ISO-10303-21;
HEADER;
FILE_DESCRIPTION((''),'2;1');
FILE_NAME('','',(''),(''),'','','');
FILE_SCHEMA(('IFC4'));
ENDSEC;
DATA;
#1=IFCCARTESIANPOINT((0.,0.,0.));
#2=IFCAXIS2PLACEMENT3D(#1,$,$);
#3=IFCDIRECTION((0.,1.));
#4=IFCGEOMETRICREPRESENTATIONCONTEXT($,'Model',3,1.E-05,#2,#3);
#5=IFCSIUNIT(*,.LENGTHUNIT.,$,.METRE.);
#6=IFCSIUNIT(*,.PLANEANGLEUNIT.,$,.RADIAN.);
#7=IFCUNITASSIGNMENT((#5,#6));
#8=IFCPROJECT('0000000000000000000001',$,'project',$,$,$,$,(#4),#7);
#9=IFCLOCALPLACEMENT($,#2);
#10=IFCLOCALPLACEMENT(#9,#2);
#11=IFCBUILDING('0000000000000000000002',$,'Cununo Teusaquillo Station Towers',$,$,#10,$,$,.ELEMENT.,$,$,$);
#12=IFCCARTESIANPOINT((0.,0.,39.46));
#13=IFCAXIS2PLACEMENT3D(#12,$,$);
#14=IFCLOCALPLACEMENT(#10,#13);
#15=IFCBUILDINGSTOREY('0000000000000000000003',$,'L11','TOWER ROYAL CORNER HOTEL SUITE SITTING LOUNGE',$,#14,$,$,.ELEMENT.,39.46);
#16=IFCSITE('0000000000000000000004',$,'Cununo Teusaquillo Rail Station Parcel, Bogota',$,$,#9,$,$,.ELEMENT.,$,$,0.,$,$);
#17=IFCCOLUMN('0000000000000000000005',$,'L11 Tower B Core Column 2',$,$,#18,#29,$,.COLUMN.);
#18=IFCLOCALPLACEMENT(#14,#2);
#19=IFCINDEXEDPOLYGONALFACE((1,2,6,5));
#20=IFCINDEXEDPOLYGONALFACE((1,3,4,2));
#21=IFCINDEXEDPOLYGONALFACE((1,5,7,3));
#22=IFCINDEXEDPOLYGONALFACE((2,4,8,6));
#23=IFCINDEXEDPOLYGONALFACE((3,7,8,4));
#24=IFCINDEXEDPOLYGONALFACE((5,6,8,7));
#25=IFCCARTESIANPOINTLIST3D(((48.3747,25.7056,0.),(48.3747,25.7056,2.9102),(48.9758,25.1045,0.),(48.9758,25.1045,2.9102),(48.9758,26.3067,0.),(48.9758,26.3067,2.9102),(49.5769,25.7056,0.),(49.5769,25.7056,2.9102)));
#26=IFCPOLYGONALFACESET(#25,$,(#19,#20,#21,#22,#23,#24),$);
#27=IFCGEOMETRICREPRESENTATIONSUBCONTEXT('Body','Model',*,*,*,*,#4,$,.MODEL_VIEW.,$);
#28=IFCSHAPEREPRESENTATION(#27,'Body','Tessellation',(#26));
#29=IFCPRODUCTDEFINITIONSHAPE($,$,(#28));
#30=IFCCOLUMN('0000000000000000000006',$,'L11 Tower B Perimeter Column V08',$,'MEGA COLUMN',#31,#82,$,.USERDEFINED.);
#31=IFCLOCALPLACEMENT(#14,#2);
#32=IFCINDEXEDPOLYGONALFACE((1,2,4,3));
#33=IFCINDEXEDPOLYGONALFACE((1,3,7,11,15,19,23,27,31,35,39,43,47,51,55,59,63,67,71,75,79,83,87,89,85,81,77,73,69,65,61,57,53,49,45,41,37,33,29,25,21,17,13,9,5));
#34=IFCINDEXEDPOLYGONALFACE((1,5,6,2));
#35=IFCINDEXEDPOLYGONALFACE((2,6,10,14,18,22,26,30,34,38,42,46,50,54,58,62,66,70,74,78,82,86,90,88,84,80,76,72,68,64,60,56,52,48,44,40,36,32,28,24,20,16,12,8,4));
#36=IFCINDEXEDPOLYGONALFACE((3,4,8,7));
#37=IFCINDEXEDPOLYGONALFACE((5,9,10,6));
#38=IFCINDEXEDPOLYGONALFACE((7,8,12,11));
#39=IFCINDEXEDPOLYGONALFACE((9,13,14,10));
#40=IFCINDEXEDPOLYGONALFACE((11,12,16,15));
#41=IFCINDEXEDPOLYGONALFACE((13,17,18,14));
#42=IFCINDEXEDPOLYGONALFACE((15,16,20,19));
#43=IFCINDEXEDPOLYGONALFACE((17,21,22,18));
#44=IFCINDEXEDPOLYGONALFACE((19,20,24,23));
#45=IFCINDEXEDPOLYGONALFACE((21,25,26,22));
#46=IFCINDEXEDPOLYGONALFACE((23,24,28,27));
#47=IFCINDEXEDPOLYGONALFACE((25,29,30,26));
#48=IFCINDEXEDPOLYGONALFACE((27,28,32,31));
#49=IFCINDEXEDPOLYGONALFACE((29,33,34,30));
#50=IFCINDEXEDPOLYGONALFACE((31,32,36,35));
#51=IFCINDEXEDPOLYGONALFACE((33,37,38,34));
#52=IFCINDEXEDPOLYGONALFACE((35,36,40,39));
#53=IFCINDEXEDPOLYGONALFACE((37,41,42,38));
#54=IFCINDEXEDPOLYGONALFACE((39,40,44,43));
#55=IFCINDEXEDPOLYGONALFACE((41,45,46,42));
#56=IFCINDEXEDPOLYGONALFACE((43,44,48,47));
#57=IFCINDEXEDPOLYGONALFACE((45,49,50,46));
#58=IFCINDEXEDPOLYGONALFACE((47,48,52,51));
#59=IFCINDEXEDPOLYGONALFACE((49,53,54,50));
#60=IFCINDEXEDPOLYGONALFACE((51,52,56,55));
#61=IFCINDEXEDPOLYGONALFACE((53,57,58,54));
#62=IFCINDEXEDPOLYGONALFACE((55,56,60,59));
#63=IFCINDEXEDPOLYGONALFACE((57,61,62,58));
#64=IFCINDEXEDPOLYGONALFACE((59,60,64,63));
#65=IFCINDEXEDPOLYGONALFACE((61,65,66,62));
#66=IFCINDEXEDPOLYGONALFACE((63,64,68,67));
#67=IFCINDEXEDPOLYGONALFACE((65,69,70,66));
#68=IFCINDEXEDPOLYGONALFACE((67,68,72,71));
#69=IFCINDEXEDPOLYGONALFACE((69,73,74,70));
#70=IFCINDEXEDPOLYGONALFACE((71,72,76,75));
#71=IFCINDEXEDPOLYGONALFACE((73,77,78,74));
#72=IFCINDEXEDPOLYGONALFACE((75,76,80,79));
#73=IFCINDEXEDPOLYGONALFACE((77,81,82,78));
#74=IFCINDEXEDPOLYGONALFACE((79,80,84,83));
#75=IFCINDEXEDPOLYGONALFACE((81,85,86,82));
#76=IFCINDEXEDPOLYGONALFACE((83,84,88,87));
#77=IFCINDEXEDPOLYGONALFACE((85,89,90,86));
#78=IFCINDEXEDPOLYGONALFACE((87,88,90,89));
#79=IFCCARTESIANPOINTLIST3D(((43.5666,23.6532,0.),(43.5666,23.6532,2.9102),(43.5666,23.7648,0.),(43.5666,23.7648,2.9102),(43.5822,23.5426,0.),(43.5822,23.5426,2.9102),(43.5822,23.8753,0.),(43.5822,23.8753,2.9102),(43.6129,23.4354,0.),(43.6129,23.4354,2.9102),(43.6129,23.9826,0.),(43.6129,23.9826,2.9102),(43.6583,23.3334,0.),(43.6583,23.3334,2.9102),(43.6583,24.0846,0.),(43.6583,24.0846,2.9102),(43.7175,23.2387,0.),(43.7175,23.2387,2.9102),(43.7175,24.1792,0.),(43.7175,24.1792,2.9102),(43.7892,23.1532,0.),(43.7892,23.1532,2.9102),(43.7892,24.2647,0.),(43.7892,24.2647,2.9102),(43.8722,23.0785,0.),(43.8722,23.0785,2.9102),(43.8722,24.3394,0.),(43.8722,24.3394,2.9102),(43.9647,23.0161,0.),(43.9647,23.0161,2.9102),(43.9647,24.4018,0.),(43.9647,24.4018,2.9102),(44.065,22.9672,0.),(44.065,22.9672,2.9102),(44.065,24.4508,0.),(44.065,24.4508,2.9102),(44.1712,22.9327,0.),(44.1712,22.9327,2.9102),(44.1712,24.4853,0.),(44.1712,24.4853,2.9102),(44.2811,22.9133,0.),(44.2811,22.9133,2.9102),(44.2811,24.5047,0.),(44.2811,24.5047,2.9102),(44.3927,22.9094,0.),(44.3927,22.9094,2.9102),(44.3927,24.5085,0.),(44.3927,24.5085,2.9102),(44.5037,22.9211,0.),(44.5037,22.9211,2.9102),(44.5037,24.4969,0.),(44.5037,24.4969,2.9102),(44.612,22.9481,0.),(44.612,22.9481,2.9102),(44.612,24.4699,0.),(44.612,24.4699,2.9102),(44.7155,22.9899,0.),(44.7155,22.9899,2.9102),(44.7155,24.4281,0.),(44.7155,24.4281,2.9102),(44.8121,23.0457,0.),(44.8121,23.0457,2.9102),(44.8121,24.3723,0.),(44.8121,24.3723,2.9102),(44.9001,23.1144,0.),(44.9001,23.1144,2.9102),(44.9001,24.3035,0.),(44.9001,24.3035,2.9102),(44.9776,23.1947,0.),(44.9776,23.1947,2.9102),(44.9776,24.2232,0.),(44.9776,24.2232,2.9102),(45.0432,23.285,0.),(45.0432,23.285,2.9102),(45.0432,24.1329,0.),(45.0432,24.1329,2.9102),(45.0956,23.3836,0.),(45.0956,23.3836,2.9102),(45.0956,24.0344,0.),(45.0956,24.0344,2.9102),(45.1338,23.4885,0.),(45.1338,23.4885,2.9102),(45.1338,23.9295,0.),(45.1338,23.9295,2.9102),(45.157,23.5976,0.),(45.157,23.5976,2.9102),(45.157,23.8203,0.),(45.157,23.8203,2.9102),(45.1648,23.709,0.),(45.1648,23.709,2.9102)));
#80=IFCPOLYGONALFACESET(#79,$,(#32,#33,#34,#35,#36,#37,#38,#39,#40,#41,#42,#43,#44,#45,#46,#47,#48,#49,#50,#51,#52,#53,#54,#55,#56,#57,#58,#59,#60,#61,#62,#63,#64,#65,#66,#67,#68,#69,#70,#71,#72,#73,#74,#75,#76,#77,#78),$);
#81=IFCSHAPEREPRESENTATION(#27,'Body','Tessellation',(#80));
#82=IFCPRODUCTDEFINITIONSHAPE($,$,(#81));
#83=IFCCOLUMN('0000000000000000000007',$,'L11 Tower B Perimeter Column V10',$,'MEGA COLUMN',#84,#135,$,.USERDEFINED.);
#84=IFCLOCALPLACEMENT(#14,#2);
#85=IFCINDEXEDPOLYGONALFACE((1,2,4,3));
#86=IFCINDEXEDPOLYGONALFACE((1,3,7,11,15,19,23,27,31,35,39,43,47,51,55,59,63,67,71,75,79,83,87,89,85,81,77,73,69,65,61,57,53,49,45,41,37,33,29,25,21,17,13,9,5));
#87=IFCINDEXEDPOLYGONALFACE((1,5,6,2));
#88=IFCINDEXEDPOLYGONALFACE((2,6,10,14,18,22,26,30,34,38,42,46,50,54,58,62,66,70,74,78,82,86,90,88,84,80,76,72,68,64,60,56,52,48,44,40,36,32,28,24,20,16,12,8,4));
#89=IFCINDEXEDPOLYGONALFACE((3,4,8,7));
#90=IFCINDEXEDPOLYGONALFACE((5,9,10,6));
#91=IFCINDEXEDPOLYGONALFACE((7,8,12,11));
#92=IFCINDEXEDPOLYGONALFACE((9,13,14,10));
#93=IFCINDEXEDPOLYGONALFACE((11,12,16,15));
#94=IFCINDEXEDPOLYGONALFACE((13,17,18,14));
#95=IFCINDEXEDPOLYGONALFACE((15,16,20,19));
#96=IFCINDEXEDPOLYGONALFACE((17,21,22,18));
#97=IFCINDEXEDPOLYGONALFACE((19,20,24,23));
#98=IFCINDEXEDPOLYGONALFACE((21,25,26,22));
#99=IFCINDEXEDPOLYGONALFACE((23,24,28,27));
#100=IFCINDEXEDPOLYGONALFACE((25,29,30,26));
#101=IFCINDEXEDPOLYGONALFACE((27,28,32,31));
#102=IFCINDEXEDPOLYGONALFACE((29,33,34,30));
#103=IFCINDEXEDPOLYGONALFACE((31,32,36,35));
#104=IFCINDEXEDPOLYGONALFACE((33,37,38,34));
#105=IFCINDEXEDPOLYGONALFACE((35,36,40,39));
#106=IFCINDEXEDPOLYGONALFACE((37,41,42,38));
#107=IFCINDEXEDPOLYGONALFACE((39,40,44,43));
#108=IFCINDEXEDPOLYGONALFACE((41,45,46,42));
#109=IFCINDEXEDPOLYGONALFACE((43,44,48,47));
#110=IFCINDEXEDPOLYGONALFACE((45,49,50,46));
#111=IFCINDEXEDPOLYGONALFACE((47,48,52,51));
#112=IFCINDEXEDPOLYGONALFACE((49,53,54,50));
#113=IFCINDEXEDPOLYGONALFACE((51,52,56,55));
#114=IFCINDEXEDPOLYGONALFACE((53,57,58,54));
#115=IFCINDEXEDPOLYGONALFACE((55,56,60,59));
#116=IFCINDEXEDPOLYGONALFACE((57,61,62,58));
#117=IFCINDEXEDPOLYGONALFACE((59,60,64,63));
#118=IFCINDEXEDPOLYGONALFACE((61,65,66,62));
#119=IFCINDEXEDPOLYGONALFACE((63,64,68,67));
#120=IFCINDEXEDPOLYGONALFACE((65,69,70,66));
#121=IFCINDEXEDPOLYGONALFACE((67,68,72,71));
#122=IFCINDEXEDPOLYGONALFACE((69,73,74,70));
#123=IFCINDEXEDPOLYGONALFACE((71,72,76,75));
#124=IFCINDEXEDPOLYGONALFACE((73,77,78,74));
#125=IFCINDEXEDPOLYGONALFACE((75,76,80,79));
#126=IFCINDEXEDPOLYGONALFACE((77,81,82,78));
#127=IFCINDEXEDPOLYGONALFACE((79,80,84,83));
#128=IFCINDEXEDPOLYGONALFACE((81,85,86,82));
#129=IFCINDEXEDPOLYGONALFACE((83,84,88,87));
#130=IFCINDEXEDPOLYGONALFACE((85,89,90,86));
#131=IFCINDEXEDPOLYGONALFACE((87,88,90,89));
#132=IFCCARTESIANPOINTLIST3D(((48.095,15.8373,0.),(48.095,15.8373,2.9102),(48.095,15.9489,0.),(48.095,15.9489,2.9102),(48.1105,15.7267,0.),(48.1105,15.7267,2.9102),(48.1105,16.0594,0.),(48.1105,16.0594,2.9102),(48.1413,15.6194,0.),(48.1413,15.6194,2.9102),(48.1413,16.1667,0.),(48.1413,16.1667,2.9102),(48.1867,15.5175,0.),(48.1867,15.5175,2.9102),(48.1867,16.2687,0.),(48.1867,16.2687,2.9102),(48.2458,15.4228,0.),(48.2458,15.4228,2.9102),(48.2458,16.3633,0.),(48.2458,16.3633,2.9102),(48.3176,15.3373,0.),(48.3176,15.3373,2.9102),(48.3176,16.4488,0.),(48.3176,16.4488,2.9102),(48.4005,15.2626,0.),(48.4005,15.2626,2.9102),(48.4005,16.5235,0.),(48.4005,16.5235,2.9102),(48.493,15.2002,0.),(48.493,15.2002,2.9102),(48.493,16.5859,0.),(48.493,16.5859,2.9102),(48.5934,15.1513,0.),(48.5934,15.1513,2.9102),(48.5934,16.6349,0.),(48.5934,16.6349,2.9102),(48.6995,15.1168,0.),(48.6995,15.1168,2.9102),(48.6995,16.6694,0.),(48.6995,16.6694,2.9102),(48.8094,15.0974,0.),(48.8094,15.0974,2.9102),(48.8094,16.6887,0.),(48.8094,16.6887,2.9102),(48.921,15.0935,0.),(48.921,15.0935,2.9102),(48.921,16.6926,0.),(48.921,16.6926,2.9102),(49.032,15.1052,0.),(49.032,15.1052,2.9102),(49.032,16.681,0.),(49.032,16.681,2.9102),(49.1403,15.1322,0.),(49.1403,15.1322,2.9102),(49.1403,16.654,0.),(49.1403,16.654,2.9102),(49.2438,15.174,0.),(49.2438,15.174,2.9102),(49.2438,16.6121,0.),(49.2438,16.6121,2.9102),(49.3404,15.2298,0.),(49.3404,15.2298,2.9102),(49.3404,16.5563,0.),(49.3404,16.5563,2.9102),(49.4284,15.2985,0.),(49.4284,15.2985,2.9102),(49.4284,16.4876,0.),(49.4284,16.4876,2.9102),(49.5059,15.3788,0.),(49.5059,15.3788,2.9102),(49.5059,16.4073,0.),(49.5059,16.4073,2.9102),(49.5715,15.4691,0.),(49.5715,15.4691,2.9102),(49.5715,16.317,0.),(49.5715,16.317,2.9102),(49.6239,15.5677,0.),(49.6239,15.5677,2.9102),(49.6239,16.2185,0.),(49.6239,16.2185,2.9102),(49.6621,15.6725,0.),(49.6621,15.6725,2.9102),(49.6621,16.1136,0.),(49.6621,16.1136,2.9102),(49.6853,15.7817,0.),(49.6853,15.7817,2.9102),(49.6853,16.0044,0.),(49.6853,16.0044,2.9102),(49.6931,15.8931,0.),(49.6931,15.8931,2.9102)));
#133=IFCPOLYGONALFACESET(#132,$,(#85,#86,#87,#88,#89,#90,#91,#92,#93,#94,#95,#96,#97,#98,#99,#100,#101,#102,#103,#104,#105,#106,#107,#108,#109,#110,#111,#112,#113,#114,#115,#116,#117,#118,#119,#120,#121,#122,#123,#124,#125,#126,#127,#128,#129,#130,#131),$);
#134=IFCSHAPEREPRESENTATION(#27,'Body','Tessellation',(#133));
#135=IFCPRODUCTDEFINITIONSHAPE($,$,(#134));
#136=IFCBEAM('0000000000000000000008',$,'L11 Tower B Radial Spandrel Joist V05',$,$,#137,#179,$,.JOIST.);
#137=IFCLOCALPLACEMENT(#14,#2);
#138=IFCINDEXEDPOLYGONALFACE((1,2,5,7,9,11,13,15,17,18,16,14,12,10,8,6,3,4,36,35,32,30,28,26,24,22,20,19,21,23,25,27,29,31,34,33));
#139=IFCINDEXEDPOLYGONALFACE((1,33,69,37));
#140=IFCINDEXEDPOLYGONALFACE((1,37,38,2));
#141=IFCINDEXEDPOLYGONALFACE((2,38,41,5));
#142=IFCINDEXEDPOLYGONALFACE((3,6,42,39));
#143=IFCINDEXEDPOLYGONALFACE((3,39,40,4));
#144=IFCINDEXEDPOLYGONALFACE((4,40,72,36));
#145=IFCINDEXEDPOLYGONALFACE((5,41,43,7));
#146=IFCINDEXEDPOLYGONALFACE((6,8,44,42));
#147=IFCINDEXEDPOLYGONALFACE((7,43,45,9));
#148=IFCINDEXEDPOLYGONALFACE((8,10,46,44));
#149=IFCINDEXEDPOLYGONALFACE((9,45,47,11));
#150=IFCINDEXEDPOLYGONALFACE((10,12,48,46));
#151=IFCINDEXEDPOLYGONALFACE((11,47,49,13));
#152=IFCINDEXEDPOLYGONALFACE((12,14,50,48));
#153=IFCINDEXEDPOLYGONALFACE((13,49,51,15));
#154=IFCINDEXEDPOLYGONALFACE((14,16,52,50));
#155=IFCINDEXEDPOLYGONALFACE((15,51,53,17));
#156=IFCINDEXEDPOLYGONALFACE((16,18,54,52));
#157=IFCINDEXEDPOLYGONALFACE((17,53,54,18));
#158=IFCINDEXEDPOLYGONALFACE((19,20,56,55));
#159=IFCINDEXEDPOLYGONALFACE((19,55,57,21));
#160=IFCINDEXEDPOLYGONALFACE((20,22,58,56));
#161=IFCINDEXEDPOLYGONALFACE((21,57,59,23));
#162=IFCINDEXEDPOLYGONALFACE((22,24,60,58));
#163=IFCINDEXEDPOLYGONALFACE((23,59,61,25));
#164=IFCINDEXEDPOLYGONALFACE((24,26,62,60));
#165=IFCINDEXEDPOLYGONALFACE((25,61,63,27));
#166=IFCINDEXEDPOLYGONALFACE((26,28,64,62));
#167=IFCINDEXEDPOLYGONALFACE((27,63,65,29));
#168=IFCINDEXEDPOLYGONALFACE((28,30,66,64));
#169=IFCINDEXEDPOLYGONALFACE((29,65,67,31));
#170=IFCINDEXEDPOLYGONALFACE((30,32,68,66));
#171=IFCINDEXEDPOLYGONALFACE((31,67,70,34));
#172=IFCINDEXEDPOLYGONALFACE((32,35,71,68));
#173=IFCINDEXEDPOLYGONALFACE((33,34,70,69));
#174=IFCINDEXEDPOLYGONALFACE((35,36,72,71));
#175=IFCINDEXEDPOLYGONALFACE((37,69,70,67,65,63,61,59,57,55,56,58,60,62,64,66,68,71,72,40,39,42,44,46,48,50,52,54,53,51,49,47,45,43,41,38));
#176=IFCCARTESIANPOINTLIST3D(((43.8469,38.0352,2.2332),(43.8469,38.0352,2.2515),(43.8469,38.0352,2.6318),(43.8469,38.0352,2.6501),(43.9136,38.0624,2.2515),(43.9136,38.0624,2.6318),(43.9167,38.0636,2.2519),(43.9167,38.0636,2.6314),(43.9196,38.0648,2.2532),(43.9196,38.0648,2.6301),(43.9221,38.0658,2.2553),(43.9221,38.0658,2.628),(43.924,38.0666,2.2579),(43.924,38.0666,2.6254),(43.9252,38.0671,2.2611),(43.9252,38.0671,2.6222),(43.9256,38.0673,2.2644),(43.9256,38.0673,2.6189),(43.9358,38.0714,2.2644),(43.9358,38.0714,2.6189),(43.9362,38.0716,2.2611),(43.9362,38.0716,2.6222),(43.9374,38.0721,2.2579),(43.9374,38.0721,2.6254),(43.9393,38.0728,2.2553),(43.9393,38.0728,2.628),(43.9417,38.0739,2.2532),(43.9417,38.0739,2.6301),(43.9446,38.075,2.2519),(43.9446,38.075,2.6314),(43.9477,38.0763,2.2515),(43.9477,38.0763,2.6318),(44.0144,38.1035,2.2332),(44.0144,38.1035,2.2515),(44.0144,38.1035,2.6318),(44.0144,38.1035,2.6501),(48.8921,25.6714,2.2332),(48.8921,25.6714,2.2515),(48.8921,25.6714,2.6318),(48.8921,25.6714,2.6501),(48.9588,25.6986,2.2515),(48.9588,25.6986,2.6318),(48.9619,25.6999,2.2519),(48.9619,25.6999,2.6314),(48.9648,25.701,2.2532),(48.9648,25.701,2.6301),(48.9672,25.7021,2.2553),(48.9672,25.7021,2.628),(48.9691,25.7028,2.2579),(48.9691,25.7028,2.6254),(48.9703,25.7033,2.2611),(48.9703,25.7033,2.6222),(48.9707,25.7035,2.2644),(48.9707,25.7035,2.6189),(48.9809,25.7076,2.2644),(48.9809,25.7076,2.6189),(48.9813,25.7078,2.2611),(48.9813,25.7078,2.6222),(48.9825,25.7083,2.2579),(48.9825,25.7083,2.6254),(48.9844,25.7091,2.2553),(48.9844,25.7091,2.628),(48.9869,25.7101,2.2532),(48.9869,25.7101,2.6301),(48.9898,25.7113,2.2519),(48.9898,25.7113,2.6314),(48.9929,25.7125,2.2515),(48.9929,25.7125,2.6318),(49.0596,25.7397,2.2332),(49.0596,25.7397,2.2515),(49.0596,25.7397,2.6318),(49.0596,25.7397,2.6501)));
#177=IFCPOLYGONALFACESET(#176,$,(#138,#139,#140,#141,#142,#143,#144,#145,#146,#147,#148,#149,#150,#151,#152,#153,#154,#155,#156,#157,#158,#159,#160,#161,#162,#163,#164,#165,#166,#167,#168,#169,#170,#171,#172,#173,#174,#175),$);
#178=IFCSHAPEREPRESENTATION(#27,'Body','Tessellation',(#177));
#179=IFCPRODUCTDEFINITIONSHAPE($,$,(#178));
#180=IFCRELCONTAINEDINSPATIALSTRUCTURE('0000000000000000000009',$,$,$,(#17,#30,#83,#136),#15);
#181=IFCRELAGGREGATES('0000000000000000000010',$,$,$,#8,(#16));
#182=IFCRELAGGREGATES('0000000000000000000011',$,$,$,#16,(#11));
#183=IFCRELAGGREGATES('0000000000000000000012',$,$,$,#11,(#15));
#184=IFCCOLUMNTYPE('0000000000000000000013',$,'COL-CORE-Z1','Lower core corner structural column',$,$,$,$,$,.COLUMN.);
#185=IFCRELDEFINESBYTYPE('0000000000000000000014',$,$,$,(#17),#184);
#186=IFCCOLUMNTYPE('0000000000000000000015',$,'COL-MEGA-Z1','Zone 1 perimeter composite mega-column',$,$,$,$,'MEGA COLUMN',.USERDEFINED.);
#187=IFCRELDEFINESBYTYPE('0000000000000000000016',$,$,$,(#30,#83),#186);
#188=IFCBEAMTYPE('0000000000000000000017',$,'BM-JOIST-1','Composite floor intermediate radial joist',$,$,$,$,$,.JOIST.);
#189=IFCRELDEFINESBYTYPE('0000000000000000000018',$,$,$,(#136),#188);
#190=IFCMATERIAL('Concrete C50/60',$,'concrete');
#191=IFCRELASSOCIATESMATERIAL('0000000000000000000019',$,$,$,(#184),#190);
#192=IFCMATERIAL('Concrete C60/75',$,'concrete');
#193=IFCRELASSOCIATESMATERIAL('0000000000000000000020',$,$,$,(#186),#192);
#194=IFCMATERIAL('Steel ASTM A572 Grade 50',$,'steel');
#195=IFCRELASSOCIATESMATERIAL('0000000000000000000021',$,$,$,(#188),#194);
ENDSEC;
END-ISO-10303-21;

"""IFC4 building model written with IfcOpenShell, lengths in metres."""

from ifc_helpers import new_model, si_unit, direction, frame, origin, origin_2d, place, context, subcontext, project, spatial, rectangle, circle, i_section, extrude, material, material_profile, profile_set, type_object, element, save


model = new_model("IFC4")

# Units and contexts
model_context = context("Model", 3, precision=1e-05, world=origin(), true_north=direction((0.0, 1.0)))
body_context = subcontext(model_context, "Body", "Model", "MODEL_VIEW")
ifc_project = project(units=[si_unit("LENGTHUNIT", "METRE"), si_unit("PLANEANGLEUNIT", "RADIAN")], contexts=[model_context])

# Site, building, storey
site_placement = place(None, origin())
site = spatial("IfcSite", under=ifc_project, at=site_placement, Name="Cununo Teusaquillo Rail Station Parcel, Bogota", CompositionType="ELEMENT", RefElevation=0.0)
building_placement = place(site_placement, origin())
building = spatial("IfcBuilding", under=site, at=building_placement, Name="Cununo Teusaquillo Station Towers", CompositionType="ELEMENT")
storey_placement = place(building_placement, frame((0.0, 0.0, 39.46)))
storey = spatial("IfcBuildingStorey", under=building, at=storey_placement, Name="L11", Description="TOWER ROYAL CORNER HOTEL SUITE SITTING LOUNGE", CompositionType="ELEMENT", Elevation=39.46)

# Columns
ifc_material_1 = material(Name="Concrete C50/60", Category="concrete")
ifc_material_profile_1 = material_profile(ifc_material_1, rectangle(XDim=0.8501, YDim=0.8501, at=origin_2d()), Name="RC-RECT-850x850")
ifc_profile_set_1 = profile_set([ifc_material_profile_1], Name="Concrete C50/60")
column_type_1 = type_object("IfcColumnType", Name="COL-CORE-Z1", Description="Lower core corner structural column", PredefinedType="COLUMN", material=ifc_profile_set_1)
column_placement = place(storey_placement, frame((48.9758, 25.7056, 0.0), z_axis=(0.0, 0.0, 1.0), x_axis=(0.707107, 0.707107, 0.0)))
element("IfcColumn", 1, at=column_placement, inside=storey, type_object=column_type_1, Name="L11 Tower B Core Column 2", PredefinedType="COLUMN", context=body_context, shape_type="SweptSolid", body=[
    extrude(rectangle(XDim=0.8501, YDim=0.8501, at=origin_2d()), origin(), (0.0, 0.0, 1.0), 2.9102),
])
ifc_material_2 = material(Name="Concrete C60/75", Category="concrete")
ifc_material_profile_2 = material_profile(ifc_material_2, circle(Radius=0.8, at=origin_2d()), Name="RC-CIRC-1600")
ifc_profile_set_2 = profile_set([ifc_material_profile_2], Name="Concrete C60/75")
column_type_2 = type_object("IfcColumnType", Name="COL-MEGA-Z1", Description="Zone 1 perimeter composite mega-column", ElementType="MEGA COLUMN", PredefinedType="USERDEFINED", material=ifc_profile_set_2)
for number, where, z_axis, x_axis, name in (
    (2, (44.3647, 23.709, 0.0), (0.0, 0.0, 1.0), (1.0, 0.0, 0.0), "L11 Tower B Perimeter Column V08"),
    (3, (48.8931, 15.8931, 0.0), (0.0, 0.0, 1.0), (1.0, 0.0, 0.0), "L11 Tower B Perimeter Column V10"),
):
    element("IfcColumn", number, at=place(storey_placement, frame(where, z_axis=z_axis, x_axis=x_axis)), inside=storey, type_object=column_type_2, Name=name, ObjectType="MEGA COLUMN", PredefinedType="USERDEFINED", context=body_context, shape_type="SweptSolid", body=[
        extrude(circle(Radius=0.8, at=origin_2d()), origin(), (0.0, 0.0, 1.0), 2.9102),
    ])

# Beam
ifc_material_3 = material(Name="Steel ASTM A572 Grade 50", Category="steel")
ifc_material_profile_3 = material_profile(ifc_material_3, i_section(OverallWidth=0.1809, OverallDepth=0.417, WebThickness=0.011, FlangeThickness=0.0183, FilletRadius=0.0129, at=origin_2d()), Name="W16X57")
ifc_profile_set_3 = profile_set([ifc_material_profile_3], Name="Steel ASTM A572 Grade 50")
beam_type_1 = type_object("IfcBeamType", Name="BM-JOIST-1", Description="Composite floor intermediate radial joist", PredefinedType="JOIST", material=ifc_profile_set_3)
beam_1_placement = place(storey_placement, frame((48.9758, 25.7056, 2.4417), z_axis=(-0.377815, 0.925881, 0.0), x_axis=(-0.925881, -0.377815, 0.0)))
element("IfcBeam", 4, at=beam_1_placement, inside=storey, type_object=beam_type_1, Name="L11 Tower B Radial Spandrel Joist V05", PredefinedType="JOIST", context=body_context, shape_type="SweptSolid", body=[
    extrude(i_section(OverallWidth=0.1809, OverallDepth=0.417, WebThickness=0.011, FlangeThickness=0.0183, FilletRadius=0.0129, at=origin_2d()), origin(), (0.0, 0.0, 1.0), 13.3535),
])

save(model, "model.ifc")
